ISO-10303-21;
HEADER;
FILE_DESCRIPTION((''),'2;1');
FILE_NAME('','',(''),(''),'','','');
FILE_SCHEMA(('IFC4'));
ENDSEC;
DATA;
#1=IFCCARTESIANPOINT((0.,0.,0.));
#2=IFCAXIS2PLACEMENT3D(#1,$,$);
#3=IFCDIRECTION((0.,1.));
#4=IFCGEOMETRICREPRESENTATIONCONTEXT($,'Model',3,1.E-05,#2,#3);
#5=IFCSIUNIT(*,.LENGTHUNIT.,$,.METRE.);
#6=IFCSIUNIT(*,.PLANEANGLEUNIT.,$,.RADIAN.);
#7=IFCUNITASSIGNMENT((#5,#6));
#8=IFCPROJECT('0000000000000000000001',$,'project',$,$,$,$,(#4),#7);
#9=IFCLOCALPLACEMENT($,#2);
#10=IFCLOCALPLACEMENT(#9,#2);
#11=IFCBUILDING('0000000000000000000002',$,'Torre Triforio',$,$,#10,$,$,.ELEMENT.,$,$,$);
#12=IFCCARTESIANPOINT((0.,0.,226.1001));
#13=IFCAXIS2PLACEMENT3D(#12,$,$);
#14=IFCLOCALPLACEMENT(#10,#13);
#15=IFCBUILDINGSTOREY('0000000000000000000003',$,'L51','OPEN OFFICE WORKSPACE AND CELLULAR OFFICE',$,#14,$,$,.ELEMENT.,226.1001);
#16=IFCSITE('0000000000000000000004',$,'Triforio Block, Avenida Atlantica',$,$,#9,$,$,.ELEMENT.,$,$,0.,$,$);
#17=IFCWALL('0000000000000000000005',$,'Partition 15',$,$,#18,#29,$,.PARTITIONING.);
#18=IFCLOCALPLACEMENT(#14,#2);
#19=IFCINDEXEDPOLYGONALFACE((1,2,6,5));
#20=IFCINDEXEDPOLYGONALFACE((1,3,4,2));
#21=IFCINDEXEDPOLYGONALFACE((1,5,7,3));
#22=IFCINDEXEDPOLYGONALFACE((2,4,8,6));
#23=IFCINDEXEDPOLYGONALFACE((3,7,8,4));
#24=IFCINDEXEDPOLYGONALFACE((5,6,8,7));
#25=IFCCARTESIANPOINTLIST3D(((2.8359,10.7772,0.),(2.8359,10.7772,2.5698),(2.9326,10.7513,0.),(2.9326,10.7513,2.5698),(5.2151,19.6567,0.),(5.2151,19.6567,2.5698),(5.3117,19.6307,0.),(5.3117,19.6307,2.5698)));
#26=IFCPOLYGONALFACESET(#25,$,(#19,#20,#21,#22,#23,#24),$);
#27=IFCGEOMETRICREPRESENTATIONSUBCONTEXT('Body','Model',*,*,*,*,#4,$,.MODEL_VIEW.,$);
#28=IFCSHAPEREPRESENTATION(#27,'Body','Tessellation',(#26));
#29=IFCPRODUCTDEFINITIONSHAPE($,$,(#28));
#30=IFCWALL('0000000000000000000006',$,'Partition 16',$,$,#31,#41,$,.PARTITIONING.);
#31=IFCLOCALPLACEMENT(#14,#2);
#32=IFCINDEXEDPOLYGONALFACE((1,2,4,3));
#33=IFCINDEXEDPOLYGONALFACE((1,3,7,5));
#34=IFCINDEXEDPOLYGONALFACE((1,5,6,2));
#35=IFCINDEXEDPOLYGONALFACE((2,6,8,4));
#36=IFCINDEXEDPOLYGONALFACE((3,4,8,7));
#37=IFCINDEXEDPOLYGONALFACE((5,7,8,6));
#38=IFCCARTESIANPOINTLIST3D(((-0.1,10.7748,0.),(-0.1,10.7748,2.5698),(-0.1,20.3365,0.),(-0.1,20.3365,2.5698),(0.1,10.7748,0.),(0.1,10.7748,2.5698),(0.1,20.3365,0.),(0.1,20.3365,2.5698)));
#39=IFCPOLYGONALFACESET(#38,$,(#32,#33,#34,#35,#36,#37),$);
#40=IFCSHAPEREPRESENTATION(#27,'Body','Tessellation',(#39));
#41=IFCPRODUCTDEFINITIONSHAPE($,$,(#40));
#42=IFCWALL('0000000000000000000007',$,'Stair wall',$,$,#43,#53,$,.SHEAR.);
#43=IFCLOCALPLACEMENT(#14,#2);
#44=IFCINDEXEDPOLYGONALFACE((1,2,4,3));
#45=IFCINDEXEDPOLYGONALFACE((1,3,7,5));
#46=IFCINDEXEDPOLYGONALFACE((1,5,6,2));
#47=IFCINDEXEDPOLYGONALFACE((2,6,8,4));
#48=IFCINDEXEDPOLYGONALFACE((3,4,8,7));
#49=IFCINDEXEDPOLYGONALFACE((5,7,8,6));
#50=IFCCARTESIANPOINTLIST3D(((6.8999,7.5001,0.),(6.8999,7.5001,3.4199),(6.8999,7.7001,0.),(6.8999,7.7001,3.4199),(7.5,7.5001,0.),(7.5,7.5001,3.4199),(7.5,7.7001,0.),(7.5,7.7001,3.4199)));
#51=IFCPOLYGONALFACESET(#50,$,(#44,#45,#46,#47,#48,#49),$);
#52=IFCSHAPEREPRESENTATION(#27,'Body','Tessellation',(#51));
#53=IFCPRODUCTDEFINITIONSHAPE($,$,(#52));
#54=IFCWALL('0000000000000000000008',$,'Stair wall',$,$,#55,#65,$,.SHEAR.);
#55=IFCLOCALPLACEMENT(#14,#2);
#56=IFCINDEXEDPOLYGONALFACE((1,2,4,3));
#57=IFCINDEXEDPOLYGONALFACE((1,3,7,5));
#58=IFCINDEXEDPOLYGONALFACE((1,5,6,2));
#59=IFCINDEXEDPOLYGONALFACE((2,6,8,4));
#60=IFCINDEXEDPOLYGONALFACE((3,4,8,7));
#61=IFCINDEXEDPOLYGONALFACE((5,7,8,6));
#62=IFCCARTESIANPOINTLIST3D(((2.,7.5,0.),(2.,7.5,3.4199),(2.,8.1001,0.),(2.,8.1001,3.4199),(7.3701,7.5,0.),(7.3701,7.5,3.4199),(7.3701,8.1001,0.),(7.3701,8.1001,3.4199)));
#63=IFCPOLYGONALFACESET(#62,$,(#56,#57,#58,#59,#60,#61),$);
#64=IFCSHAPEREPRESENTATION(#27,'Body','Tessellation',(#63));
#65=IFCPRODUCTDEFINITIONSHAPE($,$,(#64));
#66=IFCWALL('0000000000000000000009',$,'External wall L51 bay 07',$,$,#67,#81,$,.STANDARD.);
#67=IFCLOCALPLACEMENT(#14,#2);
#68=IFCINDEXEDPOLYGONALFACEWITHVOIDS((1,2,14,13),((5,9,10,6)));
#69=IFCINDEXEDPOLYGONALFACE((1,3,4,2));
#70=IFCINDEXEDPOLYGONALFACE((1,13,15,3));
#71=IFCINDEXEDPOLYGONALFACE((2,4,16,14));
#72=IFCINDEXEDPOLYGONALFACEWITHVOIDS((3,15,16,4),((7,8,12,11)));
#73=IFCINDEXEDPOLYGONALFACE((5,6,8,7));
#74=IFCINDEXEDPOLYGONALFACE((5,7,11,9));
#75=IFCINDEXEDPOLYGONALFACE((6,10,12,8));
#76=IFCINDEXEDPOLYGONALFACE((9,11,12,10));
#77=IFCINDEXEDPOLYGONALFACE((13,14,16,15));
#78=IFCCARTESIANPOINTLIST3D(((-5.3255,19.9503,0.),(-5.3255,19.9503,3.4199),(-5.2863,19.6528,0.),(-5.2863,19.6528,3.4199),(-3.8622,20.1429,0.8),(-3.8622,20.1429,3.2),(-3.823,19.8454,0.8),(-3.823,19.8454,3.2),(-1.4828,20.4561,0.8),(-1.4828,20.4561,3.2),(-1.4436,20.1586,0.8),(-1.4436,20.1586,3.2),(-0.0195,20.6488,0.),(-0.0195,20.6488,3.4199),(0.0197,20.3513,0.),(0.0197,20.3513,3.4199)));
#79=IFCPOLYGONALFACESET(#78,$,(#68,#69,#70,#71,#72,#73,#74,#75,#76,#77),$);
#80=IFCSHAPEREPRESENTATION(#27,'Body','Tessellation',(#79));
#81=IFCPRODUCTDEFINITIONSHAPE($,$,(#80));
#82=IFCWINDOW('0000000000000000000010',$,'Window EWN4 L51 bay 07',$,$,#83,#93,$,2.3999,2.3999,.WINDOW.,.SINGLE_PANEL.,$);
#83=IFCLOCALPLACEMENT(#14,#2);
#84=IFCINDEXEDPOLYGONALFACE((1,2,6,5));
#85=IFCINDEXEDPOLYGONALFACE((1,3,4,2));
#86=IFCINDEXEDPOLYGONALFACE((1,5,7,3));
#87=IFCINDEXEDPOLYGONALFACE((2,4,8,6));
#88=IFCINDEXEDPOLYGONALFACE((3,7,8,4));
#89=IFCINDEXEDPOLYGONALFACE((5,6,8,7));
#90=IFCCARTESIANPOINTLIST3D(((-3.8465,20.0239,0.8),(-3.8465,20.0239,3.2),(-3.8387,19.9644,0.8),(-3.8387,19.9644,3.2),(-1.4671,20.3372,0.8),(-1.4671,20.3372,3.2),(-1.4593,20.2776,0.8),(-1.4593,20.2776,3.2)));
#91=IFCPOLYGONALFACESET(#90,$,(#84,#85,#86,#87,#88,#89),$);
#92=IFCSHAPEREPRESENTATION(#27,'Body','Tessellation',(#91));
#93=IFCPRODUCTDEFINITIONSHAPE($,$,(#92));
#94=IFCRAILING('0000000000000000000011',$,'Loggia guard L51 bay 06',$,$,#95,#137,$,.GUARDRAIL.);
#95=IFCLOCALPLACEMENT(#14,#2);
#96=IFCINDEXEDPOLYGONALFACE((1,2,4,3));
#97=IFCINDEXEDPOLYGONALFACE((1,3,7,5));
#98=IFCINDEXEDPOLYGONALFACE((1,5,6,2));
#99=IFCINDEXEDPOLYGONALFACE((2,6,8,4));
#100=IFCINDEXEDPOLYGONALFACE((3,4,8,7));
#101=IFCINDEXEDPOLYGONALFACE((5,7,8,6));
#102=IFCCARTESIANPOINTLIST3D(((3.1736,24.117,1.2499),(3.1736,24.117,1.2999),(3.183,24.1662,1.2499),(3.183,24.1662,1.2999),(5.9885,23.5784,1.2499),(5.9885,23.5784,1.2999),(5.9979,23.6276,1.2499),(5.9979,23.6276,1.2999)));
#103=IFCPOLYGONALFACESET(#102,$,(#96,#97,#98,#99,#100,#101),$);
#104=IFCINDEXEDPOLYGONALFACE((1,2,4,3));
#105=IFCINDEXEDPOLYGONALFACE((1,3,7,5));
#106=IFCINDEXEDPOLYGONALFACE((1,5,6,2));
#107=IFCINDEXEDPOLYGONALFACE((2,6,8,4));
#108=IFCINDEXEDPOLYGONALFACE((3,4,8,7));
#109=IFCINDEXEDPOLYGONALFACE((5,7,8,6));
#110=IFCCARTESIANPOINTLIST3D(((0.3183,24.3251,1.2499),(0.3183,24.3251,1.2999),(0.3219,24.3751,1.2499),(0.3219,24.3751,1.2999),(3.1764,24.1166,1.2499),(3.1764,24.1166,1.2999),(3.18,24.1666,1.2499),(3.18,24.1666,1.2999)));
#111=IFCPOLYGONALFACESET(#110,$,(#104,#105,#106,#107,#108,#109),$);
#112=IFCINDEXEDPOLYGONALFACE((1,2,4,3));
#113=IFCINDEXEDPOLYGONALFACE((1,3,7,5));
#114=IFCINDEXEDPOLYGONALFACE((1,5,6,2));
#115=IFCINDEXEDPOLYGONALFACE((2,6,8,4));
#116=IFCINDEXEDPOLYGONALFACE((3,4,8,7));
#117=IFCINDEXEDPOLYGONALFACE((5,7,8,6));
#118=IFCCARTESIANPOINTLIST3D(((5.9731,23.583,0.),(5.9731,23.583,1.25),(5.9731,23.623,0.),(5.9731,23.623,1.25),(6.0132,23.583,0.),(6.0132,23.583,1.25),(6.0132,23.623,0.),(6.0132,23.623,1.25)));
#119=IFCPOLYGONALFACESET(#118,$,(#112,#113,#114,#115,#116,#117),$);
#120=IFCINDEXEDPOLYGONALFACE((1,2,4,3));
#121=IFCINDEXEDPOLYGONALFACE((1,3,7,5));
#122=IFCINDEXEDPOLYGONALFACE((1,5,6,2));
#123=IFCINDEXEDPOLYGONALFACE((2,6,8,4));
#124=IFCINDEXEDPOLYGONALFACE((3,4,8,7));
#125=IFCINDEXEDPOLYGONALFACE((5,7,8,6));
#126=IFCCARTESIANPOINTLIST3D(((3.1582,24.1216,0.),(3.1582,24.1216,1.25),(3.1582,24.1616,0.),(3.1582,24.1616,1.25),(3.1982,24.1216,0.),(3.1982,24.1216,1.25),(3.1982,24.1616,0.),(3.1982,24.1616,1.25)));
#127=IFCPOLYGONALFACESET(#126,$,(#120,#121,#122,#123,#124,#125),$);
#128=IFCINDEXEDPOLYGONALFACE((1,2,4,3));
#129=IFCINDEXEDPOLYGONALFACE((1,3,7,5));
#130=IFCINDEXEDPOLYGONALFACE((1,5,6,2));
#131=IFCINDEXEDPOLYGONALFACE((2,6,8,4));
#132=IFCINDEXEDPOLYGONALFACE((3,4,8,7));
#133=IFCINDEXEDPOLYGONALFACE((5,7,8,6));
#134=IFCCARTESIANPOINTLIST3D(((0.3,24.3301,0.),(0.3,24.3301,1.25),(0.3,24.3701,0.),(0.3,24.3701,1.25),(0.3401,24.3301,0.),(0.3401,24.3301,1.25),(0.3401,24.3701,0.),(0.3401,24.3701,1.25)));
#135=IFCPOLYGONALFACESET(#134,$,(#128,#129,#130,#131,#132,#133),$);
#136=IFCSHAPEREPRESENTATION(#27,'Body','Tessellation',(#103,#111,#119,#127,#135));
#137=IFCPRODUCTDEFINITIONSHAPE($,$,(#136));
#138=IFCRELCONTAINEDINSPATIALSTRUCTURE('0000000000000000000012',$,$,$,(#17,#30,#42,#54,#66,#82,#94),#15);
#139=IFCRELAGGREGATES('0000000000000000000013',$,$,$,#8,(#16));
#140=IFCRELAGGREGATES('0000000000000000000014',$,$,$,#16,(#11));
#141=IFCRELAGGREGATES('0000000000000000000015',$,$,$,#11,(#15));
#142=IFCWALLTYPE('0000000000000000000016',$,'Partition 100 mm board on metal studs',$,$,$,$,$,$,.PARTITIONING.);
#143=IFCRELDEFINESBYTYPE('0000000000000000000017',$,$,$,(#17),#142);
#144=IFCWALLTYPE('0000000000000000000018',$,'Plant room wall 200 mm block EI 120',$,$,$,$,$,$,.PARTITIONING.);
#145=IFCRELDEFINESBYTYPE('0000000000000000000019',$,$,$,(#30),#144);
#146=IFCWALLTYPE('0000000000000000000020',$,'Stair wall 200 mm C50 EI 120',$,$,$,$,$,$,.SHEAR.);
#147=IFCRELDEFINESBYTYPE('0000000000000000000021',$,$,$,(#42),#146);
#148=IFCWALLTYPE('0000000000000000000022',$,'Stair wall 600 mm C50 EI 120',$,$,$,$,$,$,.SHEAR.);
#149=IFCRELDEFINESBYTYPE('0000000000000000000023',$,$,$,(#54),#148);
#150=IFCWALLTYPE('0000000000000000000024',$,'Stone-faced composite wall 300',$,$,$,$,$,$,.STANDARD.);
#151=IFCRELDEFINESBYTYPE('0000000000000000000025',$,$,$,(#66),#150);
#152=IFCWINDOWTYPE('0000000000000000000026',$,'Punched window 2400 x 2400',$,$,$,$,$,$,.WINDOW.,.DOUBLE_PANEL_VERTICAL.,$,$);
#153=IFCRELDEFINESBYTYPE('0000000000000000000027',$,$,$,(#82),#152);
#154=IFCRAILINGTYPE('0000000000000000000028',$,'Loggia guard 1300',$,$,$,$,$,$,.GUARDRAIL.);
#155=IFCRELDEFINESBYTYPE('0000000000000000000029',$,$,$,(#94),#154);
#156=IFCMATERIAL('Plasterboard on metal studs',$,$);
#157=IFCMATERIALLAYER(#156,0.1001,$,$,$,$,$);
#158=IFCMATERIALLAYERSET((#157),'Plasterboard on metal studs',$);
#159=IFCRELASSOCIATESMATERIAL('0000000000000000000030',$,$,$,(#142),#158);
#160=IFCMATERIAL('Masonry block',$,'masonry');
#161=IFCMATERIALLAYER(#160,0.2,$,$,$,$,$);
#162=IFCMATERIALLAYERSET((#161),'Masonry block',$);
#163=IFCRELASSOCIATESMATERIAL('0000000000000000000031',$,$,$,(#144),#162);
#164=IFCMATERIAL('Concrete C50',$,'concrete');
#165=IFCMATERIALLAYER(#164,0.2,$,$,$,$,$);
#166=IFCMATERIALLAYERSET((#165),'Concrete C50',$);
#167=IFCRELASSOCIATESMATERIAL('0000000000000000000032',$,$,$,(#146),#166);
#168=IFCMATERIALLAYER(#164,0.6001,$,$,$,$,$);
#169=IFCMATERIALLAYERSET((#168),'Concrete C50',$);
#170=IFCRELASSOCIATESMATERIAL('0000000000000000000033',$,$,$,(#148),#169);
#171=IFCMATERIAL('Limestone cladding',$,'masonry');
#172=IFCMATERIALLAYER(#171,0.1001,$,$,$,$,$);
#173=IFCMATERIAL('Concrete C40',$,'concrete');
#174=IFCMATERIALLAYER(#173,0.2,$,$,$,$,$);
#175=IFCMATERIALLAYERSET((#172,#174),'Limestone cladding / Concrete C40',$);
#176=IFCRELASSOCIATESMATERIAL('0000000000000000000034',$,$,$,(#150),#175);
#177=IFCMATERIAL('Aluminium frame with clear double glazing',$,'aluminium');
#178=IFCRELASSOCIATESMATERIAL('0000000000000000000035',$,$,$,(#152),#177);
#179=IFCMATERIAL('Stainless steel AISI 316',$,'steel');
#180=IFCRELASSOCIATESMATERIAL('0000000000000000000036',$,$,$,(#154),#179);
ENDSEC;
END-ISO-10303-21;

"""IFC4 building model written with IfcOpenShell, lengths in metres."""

from ifc_helpers import new_model, si_unit, direction, frame, frame_2d, origin, origin_2d, place, context, subcontext, project, spatial, rectangle, extrude, material, layer, layer_set, type_object, element, fill, save


model = new_model("IFC4")

# Units and contexts
model_context = context("Model", 3, precision=1e-05, world=origin(), true_north=direction((0.0, 1.0)))
body_context = subcontext(model_context, "Body", "Model", "MODEL_VIEW")
ifc_project = project(units=[si_unit("LENGTHUNIT", "METRE"), si_unit("PLANEANGLEUNIT", "RADIAN")], contexts=[model_context])

# Site, building, storey
site_placement = place(None, origin())
site = spatial("IfcSite", under=ifc_project, at=site_placement, Name="Triforio Block, Avenida Atlantica", CompositionType="ELEMENT", RefElevation=0.0)
building_placement = place(site_placement, origin())
building = spatial("IfcBuilding", under=site, at=building_placement, Name="Torre Triforio", CompositionType="ELEMENT")
storey_placement = place(building_placement, frame((0.0, 0.0, 226.1001)))
storey = spatial("IfcBuildingStorey", under=building, at=storey_placement, Name="L51", Description="OPEN OFFICE WORKSPACE AND CELLULAR OFFICE", CompositionType="ELEMENT", Elevation=226.1001)

# Shared definitions
ifc_material_1 = material(Name="Concrete C50", Category="concrete")

# Shared definitions
ifc_material_2 = material(Name="Concrete C40", Category="concrete")

# Shared definitions
ifc_material_3 = material(Name="Plasterboard on metal studs")

# Walls
ifc_layer_1 = layer(ifc_material_3, 0.1001)
ifc_layer_set_1 = layer_set([ifc_layer_1], Name="Plasterboard on metal studs")
wall_type_1 = type_object("IfcWallType", Name="Partition 100 mm board on metal studs", PredefinedType="PARTITIONING", material=ifc_layer_set_1)
wall_1_placement = place(storey_placement, frame((2.8843, 10.7644, 0.0), z_axis=(0.0, 0.0, 1.0), x_axis=(0.258811, 0.965928, 0.0)))
element("IfcWall", 1, at=wall_1_placement, inside=storey, type_object=wall_type_1, Name="Partition 15", PredefinedType="PARTITIONING", context=body_context, shape_type="SweptSolid", body=[
    extrude(rectangle(XDim=9.1926, YDim=0.1001, at=frame_2d((4.5962, 0.0))), origin(), (0.0, 0.0, 1.0), 2.5698),
])
ifc_material_4 = material(Name="Masonry block", Category="masonry")
ifc_layer_2 = layer(ifc_material_4, 0.2)
ifc_layer_set_2 = layer_set([ifc_layer_2], Name="Masonry block")
wall_type_2 = type_object("IfcWallType", Name="Plant room wall 200 mm block EI 120", PredefinedType="PARTITIONING", material=ifc_layer_set_2)
wall_2_placement = place(storey_placement, frame((0.0, 10.7749, 0.0), z_axis=(0.0, 0.0, 1.0), x_axis=(0.0, 1.0, 0.0)))
element("IfcWall", 2, at=wall_2_placement, inside=storey, type_object=wall_type_2, Name="Partition 16", PredefinedType="PARTITIONING", context=body_context, shape_type="SweptSolid", body=[
    extrude(rectangle(XDim=9.5618, YDim=0.2, at=frame_2d((4.7808, 0.0))), origin(), (0.0, 0.0, 1.0), 2.5698),
])
ifc_layer_3 = layer(ifc_material_1, 0.2)
ifc_layer_set_3 = layer_set([ifc_layer_3], Name="Concrete C50")
wall_type_3 = type_object("IfcWallType", Name="Stair wall 200 mm C50 EI 120", PredefinedType="SHEAR", material=ifc_layer_set_3)
wall_3_placement = place(storey_placement, frame((6.8999, 7.6001, 0.0), z_axis=(0.0, 0.0, 1.0), x_axis=(1.0, 0.0, 0.0)))
element("IfcWall", 3, at=wall_3_placement, inside=storey, type_object=wall_type_3, Name="Stair wall", PredefinedType="SHEAR", context=body_context, shape_type="SweptSolid", body=[
    extrude(rectangle(XDim=0.6001, YDim=0.2, at=frame_2d((0.3, 0.0))), origin(), (0.0, 0.0, 1.0), 3.4199),
])
ifc_layer_4 = layer(ifc_material_1, 0.6001)
ifc_layer_set_4 = layer_set([ifc_layer_4], Name="Concrete C50")
wall_type_4 = type_object("IfcWallType", Name="Stair wall 600 mm C50 EI 120", PredefinedType="SHEAR", material=ifc_layer_set_4)
wall_4_placement = place(storey_placement, frame((2.0, 7.8, 0.0), z_axis=(0.0, 0.0, 1.0), x_axis=(1.0, 0.0, 0.0)))
element("IfcWall", 4, at=wall_4_placement, inside=storey, type_object=wall_type_4, Name="Stair wall", PredefinedType="SHEAR", context=body_context, shape_type="SweptSolid", body=[
    extrude(rectangle(XDim=5.3701, YDim=0.6001, at=frame_2d((2.6851, 0.0))), origin(), (0.0, 0.0, 1.0), 3.4199),
])

# Shared definitions
ifc_material_5 = material(Name="Limestone cladding", Category="masonry")
ifc_layer_5 = layer(ifc_material_5, 0.1001)
ifc_layer_6 = layer(ifc_material_2, 0.2)
ifc_layer_set_5 = layer_set([ifc_layer_5, ifc_layer_6], Name="Limestone cladding / Concrete C40")
wall_type_5 = type_object("IfcWallType", Name="Stone-faced composite wall 300", PredefinedType="STANDARD", material=ifc_layer_set_5)
ifc_material_6 = material(Name="Aluminium frame with clear double glazing", Category="aluminium")

# Wall, opening, window
wall_5_placement = place(storey_placement, frame((0.0, 20.5, 0.0), z_axis=(0.0, 0.0, 1.0), x_axis=(-0.991446, -0.130517, 0.0)))
wall_5 = element("IfcWall", 5, at=wall_5_placement, inside=storey, type_object=wall_type_5, Name="External wall L51 bay 07", PredefinedType="STANDARD", context=body_context, shape_type="SweptSolid", body=[
    extrude(rectangle(XDim=5.3518, YDim=0.3, at=frame_2d((2.6758, 0.0))), origin(), (0.0, 0.0, 1.0), 3.4199),
])
opening_1_placement = place(wall_5_placement, frame((1.4758, 0.0, 0.8)))
opening_1 = element("IfcOpeningElement", 6, at=opening_1_placement, cuts=wall_5, PredefinedType="OPENING", context=body_context, shape_type="SweptSolid", body=[
    extrude(rectangle(XDim=2.3999, YDim=2.3999, at=frame_2d((1.2, 1.2))), frame((0.0, 0.1599, 0.0), z_axis=(0.0, -1.0, 0.0), x_axis=(1.0, 0.0, 0.0)), (0.0, 0.0, 1.0), 0.3201),
])
window_type_1 = type_object("IfcWindowType", Name="Punched window 2400 x 2400", PartitioningType="DOUBLE_PANEL_VERTICAL", PredefinedType="WINDOW", material=ifc_material_6)
window_1_placement = place(opening_1_placement, origin())
window_1 = element("IfcWindow", 7, at=window_1_placement, inside=storey, type_object=window_type_1, Name="Window EWN4 L51 bay 07", OverallHeight=2.3999, OverallWidth=2.3999, PartitioningType="SINGLE_PANEL", PredefinedType="WINDOW", context=body_context, shape_type="SweptSolid", body=[
    extrude(rectangle(XDim=2.3999, YDim=2.3999, at=frame_2d((1.2, 1.2))), frame((0.0, 0.03, 0.0), z_axis=(0.0, -1.0, 0.0), x_axis=(1.0, 0.0, 0.0)), (0.0, 0.0, 1.0), 0.0601),
])
fill(opening_1, window_1)

# Railing
ifc_material_7 = material(Name="Stainless steel AISI 316", Category="steel")
railing_type = type_object("IfcRailingType", Name="Loggia guard 1300", PredefinedType="GUARDRAIL", material=ifc_material_7)
railing_placement = place(storey_placement, frame((5.9932, 23.603, 0.0)))
element("IfcRailing", 8, at=railing_placement, inside=storey, type_object=railing_type, Name="Loggia guard L51 bay 06", PredefinedType="GUARDRAIL", context=body_context, shape_type="SweptSolid", body=[
    extrude(rectangle(XDim=0.05, YDim=0.05, at=origin_2d()), frame((0.0, 0.0, 1.2749), z_axis=(-0.982185, 0.187918, 0.0), x_axis=(-0.187918, -0.982185, 0.0)), (0.0, 0.0, 1.0), 2.866),
    extrude(rectangle(XDim=0.05, YDim=0.05, at=origin_2d()), frame((-2.8149, 0.5386, 1.2749), z_axis=(-0.99735, 0.072754, 0.0), x_axis=(-0.072754, -0.99735, 0.0)), (0.0, 0.0, 1.0), 2.8657),
    extrude(rectangle(XDim=0.04, YDim=0.04, at=origin_2d()), origin(), (0.0, 0.0, 1.0), 1.25),
    extrude(rectangle(XDim=0.04, YDim=0.04, at=origin_2d()), frame((-2.8149, 0.5386, 0.0)), (0.0, 0.0, 1.0), 1.25),
    extrude(rectangle(XDim=0.04, YDim=0.04, at=origin_2d()), frame((-5.6731, 0.7471, 0.0)), (0.0, 0.0, 1.0), 1.25),
])

save(model, "model.ifc")
